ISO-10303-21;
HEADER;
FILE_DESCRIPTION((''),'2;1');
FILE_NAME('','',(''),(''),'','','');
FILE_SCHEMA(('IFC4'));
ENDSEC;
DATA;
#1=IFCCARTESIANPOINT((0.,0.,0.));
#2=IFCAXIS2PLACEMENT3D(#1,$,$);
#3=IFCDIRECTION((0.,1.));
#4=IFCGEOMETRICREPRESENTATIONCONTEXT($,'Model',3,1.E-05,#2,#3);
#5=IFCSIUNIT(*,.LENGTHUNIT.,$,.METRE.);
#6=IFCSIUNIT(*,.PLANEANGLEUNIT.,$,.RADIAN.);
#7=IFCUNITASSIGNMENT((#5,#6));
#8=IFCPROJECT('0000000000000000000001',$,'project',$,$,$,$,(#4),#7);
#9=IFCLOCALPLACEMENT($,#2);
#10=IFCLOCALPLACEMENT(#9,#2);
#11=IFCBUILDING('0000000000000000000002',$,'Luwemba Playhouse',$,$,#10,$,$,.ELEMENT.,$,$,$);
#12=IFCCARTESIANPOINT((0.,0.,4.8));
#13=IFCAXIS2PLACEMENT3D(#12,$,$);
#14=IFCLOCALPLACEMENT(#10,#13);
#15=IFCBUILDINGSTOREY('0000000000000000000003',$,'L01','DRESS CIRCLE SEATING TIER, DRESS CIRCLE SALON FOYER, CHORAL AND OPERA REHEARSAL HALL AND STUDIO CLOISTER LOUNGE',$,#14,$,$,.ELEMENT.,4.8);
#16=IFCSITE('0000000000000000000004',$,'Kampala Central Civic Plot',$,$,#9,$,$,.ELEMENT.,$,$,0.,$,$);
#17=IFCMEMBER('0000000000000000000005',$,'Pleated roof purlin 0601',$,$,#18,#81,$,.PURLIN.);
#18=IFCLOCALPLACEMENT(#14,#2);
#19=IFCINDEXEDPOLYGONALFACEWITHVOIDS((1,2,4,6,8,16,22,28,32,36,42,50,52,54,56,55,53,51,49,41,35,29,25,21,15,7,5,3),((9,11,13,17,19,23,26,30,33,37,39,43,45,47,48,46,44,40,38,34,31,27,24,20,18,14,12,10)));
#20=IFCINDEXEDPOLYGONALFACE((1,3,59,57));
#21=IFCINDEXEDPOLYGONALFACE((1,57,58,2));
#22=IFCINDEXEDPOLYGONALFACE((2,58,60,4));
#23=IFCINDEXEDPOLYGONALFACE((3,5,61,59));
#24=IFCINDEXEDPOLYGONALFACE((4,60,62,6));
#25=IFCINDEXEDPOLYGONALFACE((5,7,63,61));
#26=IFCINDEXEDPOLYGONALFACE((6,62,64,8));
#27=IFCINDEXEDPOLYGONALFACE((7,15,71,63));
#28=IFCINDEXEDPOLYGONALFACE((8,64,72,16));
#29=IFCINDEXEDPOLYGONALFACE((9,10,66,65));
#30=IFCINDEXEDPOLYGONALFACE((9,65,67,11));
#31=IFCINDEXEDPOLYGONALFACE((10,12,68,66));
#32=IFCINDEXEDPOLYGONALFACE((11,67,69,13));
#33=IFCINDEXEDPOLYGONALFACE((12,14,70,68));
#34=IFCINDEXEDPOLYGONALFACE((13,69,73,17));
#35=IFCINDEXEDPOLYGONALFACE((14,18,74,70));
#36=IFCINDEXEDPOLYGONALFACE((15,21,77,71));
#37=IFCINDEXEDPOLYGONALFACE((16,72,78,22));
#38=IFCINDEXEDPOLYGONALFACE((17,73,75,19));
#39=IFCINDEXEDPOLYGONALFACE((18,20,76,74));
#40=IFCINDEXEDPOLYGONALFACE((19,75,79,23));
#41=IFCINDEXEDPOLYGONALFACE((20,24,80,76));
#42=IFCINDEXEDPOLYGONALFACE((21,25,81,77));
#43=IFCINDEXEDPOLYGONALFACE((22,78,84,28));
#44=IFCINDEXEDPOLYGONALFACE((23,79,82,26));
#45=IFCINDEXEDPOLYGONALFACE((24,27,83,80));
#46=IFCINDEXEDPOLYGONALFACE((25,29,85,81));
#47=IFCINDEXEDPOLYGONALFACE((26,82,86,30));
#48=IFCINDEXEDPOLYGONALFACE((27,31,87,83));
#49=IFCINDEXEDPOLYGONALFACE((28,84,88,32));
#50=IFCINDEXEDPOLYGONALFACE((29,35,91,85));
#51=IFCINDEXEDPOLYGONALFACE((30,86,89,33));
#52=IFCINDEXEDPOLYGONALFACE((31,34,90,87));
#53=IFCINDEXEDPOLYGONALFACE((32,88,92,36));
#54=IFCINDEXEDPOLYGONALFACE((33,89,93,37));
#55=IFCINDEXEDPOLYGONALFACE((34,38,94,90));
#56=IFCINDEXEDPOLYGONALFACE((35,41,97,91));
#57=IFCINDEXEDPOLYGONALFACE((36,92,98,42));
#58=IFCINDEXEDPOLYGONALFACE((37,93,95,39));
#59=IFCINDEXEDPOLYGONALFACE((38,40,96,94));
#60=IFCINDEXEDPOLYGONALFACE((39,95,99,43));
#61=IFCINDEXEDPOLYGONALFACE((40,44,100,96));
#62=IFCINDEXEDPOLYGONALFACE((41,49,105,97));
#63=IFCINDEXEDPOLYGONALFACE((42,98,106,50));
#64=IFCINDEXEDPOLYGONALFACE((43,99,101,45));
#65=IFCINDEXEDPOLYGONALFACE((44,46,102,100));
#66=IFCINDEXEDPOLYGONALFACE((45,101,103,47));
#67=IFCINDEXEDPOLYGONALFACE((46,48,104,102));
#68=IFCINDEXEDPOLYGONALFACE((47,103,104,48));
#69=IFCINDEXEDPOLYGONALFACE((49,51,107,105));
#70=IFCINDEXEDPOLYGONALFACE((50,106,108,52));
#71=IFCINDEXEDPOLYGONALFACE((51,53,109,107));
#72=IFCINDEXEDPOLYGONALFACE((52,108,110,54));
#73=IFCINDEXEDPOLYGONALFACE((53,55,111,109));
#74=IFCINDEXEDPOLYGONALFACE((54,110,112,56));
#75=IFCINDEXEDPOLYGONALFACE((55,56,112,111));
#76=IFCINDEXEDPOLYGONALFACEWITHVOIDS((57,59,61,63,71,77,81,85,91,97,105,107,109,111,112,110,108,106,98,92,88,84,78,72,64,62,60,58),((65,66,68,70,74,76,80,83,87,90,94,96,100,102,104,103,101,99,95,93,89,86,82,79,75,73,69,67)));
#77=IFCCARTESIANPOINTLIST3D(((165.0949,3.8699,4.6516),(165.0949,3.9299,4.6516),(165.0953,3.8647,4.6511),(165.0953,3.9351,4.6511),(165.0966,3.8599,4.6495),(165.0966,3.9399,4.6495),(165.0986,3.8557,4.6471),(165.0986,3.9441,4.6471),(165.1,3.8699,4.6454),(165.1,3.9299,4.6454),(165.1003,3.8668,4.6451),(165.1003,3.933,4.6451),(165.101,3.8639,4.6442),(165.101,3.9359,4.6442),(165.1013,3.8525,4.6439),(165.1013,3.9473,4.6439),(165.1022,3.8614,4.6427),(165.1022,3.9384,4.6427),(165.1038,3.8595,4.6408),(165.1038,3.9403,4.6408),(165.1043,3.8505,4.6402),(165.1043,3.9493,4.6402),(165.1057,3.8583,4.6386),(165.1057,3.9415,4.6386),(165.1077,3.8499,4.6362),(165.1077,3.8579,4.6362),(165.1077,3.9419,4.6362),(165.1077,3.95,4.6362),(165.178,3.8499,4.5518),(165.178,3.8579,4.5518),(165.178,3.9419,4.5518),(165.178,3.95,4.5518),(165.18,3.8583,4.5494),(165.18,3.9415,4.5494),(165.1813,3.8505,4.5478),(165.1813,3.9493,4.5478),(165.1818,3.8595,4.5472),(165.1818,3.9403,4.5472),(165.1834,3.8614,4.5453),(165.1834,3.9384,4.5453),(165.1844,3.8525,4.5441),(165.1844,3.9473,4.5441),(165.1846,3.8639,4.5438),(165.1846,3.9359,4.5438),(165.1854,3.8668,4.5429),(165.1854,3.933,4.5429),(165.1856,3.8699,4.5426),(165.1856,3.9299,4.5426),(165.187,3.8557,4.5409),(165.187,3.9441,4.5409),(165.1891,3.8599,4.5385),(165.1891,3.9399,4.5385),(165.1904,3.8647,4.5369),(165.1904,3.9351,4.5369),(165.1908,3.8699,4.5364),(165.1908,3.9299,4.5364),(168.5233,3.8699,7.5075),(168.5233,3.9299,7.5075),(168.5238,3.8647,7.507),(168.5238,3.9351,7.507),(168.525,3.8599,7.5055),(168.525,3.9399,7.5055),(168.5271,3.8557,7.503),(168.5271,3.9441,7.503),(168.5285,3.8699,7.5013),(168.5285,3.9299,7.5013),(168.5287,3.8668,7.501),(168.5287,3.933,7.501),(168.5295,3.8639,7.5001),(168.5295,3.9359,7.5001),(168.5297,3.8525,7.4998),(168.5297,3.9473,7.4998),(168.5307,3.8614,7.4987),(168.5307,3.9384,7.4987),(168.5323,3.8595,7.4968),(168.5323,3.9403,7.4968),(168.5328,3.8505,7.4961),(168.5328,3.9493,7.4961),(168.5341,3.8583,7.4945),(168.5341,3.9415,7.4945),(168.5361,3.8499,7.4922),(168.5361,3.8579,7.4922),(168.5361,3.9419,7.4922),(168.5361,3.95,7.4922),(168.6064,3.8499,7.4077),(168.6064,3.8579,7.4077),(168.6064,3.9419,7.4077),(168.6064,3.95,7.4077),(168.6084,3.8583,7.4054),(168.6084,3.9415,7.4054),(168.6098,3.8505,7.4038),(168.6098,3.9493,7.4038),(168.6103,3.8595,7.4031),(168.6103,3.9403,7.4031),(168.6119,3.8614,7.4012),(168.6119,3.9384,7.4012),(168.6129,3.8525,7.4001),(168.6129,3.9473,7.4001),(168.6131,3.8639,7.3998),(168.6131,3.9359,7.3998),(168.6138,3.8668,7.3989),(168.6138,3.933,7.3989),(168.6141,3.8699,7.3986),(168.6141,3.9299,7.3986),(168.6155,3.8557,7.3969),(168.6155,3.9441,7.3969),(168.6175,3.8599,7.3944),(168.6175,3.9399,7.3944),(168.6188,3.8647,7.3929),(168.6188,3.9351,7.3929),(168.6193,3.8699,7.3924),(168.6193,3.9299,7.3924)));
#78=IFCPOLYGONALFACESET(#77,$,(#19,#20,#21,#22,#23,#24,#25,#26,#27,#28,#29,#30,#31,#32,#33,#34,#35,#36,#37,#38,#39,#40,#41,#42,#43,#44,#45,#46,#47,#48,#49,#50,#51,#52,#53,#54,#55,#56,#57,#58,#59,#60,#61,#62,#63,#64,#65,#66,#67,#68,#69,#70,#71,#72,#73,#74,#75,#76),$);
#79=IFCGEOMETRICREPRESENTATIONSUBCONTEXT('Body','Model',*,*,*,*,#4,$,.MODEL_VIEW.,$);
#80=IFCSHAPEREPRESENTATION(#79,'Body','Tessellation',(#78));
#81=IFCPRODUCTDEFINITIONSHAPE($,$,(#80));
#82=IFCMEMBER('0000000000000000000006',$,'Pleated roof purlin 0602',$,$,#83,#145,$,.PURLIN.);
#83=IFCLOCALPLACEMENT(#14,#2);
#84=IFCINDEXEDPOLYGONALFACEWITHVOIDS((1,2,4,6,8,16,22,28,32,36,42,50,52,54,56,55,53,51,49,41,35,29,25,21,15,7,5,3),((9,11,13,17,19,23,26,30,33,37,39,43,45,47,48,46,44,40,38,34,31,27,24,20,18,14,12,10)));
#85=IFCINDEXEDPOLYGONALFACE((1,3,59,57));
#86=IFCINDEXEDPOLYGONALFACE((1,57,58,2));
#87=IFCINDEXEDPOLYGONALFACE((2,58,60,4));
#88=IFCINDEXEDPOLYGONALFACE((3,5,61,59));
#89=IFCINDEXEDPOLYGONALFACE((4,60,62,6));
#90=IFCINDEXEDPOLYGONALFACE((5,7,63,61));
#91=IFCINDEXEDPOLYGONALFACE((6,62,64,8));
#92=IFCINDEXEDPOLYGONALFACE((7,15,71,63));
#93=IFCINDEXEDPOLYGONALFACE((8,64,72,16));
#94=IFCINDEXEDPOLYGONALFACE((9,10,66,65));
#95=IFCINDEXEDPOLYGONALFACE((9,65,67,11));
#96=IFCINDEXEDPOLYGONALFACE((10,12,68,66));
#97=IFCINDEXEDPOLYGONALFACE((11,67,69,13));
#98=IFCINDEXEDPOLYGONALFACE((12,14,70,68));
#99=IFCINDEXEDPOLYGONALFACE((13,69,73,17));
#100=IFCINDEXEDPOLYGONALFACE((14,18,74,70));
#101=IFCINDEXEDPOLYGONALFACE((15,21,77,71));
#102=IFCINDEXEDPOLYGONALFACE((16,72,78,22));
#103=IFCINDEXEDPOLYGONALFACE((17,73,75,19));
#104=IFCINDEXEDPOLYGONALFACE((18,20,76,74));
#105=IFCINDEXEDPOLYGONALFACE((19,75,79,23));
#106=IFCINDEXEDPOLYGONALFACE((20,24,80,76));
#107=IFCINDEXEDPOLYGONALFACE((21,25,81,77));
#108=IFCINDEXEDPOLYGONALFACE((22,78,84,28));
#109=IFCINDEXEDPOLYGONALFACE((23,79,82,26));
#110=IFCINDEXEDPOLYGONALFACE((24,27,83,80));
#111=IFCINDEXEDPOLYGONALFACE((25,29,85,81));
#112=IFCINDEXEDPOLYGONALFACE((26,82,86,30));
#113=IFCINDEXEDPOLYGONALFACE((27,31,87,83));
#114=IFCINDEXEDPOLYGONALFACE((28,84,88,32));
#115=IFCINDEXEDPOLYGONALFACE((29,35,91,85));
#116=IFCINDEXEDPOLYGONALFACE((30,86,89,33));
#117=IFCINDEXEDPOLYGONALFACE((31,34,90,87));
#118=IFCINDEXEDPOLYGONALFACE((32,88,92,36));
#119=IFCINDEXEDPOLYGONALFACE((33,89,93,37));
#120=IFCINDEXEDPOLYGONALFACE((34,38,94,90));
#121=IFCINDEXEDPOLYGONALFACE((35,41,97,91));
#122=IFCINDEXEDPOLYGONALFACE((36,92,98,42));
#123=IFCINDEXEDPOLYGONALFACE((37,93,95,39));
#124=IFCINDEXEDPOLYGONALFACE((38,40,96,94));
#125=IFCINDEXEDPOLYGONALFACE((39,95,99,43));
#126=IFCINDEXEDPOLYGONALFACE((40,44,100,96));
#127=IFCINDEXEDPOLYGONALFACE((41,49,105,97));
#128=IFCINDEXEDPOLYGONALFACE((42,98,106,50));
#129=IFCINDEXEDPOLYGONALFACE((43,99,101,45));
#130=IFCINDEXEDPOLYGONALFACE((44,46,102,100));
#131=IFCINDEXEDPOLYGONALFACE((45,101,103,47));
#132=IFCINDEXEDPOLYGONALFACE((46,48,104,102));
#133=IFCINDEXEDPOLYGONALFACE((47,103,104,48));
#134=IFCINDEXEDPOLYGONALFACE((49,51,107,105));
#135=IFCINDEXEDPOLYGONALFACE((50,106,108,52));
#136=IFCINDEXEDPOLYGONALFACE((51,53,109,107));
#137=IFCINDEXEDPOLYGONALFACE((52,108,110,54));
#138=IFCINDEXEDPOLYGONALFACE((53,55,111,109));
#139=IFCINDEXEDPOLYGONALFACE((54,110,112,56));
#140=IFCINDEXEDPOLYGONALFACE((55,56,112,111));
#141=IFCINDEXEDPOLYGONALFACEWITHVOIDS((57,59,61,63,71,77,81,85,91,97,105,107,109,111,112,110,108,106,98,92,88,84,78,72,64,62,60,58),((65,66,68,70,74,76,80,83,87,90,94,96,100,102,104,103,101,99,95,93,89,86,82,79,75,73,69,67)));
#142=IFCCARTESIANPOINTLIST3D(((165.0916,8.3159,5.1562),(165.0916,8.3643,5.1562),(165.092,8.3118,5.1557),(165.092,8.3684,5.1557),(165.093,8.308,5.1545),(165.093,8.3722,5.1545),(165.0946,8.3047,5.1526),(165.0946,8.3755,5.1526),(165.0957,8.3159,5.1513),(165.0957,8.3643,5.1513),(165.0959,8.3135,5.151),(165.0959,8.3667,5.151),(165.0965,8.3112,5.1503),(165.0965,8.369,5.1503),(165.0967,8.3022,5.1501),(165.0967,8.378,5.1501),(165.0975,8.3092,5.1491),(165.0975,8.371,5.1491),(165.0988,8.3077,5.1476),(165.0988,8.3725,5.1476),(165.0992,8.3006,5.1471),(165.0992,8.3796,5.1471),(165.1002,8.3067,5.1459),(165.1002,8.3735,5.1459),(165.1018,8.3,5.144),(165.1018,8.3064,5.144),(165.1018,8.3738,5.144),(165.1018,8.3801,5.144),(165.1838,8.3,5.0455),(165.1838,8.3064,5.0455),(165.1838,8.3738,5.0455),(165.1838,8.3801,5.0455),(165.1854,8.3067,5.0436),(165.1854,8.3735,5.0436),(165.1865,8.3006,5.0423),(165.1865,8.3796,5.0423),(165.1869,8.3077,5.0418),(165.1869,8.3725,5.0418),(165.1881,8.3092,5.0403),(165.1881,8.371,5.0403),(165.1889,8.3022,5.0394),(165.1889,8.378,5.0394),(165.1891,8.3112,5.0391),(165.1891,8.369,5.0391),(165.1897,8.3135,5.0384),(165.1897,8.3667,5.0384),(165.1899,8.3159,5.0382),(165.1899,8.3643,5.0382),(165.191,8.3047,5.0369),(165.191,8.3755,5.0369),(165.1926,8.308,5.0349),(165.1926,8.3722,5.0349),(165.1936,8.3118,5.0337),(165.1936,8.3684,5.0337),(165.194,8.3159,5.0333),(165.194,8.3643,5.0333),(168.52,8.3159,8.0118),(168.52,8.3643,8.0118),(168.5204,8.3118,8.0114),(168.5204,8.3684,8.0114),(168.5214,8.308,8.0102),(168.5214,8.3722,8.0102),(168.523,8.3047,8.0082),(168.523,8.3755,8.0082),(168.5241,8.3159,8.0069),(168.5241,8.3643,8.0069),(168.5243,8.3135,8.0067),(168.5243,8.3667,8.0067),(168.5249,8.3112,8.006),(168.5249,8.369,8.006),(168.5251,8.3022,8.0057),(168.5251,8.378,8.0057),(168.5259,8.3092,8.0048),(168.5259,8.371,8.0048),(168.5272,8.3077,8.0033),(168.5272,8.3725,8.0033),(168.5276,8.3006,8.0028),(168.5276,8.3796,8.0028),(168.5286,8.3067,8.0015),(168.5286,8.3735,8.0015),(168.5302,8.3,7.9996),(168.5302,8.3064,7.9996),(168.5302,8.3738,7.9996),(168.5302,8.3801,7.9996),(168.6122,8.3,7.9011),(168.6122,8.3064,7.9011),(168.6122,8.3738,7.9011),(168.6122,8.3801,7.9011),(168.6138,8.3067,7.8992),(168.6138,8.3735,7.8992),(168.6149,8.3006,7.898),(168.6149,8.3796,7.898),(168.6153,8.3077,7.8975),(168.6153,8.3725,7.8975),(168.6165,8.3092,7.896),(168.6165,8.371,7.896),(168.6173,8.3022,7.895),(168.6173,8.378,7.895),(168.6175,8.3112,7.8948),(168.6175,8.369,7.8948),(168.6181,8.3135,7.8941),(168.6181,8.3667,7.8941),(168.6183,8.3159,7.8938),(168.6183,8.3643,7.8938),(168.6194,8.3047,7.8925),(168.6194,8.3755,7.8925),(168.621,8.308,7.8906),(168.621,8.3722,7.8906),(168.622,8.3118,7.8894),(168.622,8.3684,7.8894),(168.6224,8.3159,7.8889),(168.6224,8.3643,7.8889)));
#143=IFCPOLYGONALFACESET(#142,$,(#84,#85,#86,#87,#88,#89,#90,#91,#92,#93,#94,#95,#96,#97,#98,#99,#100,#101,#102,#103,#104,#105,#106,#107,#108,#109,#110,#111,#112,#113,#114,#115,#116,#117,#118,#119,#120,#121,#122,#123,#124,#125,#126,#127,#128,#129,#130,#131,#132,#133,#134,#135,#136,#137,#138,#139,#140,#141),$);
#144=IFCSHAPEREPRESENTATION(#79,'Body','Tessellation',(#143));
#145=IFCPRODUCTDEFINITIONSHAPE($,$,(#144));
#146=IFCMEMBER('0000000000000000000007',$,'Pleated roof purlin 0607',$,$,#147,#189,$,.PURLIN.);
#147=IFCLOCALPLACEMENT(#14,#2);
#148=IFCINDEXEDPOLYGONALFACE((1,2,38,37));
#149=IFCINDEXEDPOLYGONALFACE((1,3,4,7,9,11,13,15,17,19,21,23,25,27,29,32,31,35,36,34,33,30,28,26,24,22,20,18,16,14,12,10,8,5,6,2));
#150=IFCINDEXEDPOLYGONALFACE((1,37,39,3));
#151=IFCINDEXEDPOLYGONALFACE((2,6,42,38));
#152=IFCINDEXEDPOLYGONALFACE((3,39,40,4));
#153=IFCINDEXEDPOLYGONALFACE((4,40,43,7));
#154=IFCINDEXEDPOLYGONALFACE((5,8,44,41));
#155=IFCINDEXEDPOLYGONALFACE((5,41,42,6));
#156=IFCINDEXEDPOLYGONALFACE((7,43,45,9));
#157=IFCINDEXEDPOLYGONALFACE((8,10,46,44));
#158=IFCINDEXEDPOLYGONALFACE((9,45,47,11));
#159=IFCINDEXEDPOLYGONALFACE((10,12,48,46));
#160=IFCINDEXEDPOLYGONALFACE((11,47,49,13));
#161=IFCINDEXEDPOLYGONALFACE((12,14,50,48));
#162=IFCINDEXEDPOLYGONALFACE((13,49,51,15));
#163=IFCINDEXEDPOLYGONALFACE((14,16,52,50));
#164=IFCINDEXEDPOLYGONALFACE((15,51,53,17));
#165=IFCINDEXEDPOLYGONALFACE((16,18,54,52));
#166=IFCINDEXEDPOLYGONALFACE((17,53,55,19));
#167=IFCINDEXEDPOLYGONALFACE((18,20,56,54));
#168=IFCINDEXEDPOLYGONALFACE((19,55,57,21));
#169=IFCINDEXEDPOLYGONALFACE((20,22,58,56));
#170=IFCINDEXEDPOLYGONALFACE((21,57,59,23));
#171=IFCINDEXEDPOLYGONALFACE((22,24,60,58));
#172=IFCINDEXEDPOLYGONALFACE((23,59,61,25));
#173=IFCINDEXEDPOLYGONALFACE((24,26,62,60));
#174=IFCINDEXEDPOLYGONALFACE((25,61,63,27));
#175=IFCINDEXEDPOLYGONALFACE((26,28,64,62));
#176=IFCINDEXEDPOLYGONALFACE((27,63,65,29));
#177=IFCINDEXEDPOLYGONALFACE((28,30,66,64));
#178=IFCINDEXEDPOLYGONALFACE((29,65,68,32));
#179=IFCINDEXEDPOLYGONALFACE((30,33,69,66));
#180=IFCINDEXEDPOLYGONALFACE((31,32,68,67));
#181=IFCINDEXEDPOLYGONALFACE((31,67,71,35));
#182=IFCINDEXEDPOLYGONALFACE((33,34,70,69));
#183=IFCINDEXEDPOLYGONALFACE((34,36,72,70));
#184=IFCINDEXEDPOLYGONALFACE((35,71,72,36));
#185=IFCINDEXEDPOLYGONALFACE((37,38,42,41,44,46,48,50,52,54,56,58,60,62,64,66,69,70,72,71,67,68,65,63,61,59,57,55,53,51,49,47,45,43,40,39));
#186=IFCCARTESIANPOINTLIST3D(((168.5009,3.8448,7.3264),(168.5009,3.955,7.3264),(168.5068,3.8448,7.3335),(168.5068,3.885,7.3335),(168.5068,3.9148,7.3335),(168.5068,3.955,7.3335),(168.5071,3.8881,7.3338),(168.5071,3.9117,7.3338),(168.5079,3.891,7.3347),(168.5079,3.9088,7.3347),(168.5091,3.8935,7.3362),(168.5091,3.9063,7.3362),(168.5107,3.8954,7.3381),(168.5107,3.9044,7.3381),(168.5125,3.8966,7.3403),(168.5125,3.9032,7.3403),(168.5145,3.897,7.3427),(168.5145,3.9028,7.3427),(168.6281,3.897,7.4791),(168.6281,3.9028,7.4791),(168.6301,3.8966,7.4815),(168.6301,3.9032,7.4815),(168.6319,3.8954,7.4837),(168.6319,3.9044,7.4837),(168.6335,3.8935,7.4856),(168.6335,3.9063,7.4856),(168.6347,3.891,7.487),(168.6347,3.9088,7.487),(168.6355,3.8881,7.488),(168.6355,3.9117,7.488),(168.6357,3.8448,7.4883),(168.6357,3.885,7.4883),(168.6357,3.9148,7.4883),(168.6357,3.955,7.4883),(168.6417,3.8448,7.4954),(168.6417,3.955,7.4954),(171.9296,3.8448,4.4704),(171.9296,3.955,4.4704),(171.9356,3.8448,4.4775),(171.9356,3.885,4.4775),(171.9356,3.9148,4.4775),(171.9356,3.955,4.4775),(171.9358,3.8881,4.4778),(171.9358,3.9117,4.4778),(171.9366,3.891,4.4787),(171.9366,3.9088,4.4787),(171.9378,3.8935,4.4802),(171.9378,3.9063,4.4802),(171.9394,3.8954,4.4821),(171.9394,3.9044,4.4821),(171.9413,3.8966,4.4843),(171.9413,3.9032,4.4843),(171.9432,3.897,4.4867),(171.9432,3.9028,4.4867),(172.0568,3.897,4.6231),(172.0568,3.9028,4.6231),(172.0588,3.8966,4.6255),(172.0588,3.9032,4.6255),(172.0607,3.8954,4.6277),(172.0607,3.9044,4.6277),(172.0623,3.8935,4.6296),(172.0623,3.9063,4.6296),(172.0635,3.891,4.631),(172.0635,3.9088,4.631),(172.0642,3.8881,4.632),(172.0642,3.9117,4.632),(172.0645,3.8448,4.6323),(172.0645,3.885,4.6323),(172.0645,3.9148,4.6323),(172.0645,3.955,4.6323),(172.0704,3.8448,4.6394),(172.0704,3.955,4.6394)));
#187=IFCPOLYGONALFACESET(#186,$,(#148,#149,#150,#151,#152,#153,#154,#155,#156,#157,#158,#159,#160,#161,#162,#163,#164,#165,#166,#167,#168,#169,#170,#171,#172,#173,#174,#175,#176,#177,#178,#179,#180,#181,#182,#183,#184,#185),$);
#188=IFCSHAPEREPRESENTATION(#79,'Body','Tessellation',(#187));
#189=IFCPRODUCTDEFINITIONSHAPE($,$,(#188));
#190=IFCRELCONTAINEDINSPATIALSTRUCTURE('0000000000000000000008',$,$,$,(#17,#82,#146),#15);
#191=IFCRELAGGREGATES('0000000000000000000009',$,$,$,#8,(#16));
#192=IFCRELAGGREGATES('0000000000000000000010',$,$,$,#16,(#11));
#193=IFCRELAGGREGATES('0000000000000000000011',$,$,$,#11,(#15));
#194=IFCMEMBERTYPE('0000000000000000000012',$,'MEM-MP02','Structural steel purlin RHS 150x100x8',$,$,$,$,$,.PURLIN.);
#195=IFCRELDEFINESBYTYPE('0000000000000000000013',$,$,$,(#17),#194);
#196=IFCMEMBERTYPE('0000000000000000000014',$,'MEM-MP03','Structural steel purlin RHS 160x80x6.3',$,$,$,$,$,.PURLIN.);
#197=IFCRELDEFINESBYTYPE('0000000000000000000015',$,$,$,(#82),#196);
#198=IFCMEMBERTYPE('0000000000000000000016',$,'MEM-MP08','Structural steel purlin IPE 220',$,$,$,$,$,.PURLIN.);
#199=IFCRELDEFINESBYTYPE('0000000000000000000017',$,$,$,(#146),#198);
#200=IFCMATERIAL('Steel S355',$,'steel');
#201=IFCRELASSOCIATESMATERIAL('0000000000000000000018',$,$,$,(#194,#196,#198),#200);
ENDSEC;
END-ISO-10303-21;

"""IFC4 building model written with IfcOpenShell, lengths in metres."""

from ifc_helpers import new_model, si_unit, direction, frame, origin, origin_2d, place, context, subcontext, project, spatial, hollow_rectangle, i_section, extrude, material, material_profile, profile_set, type_object, element, save


model = new_model("IFC4")

# Units and contexts
model_context = context("Model", 3, precision=1e-05, world=origin(), true_north=direction((0.0, 1.0)))
body_context = subcontext(model_context, "Body", "Model", "MODEL_VIEW")
ifc_project = project(units=[si_unit("LENGTHUNIT", "METRE"), si_unit("PLANEANGLEUNIT", "RADIAN")], contexts=[model_context])

# Site, building, storey
site_placement = place(None, origin())
site = spatial("IfcSite", under=ifc_project, at=site_placement, Name="Kampala Central Civic Plot", CompositionType="ELEMENT", RefElevation=0.0)
building_placement = place(site_placement, origin())
building = spatial("IfcBuilding", under=site, at=building_placement, Name="Luwemba Playhouse", CompositionType="ELEMENT")
storey_placement = place(building_placement, frame((0.0, 0.0, 4.8)))
storey = spatial("IfcBuildingStorey", under=building, at=storey_placement, Name="L01", Description="DRESS CIRCLE SEATING TIER, DRESS CIRCLE SALON FOYER, CHORAL AND OPERA REHEARSAL HALL AND STUDIO CLOISTER LOUNGE", CompositionType="ELEMENT", Elevation=4.8)

# Shared definitions
ifc_material_1 = material(Name="Steel S355", Category="steel")

# Members
ifc_material_profile_1 = material_profile(ifc_material_1, hollow_rectangle(XDim=0.1001, YDim=0.1499, WallThickness=0.0081, InnerFilletRadius=0.012, OuterFilletRadius=0.02, at=origin_2d()))
ifc_profile_set_1 = profile_set([ifc_material_profile_1], Name="Steel S355")
member_type_1 = type_object("IfcMemberType", Name="MEM-MP02", Description="Structural steel purlin RHS 150x100x8", PredefinedType="PURLIN", material=ifc_profile_set_1)
member_1_placement = place(storey_placement, frame((165.1428, 3.8999, 4.594), z_axis=(0.768342, 0.0, 0.640039), x_axis=(0.0, 1.0, 0.0)))
element("IfcMember", 1, at=member_1_placement, inside=storey, type_object=member_type_1, Name="Pleated roof purlin 0601", PredefinedType="PURLIN", context=body_context, shape_type="SweptSolid", body=[
    extrude(hollow_rectangle(XDim=0.1001, YDim=0.1499, WallThickness=0.0081, InnerFilletRadius=0.012, OuterFilletRadius=0.02, at=origin_2d()), origin(), (0.0, 0.0, 1.0), 4.4622),
])
ifc_material_profile_2 = material_profile(ifc_material_1, hollow_rectangle(XDim=0.0801, YDim=0.1599, WallThickness=0.0063, InnerFilletRadius=0.0095, OuterFilletRadius=0.0159, at=origin_2d()))
ifc_profile_set_2 = profile_set([ifc_material_profile_2], Name="Steel S355")
member_type_2 = type_object("IfcMemberType", Name="MEM-MP03", Description="Structural steel purlin RHS 160x80x6.3", PredefinedType="PURLIN", material=ifc_profile_set_2)
member_2_placement = place(storey_placement, frame((165.1428, 8.3401, 5.0947), z_axis=(0.768369, 0.0, 0.640007), x_axis=(0.0, 1.0, 0.0)))
element("IfcMember", 2, at=member_2_placement, inside=storey, type_object=member_type_2, Name="Pleated roof purlin 0602", PredefinedType="PURLIN", context=body_context, shape_type="SweptSolid", body=[
    extrude(hollow_rectangle(XDim=0.0801, YDim=0.1599, WallThickness=0.0063, InnerFilletRadius=0.0095, OuterFilletRadius=0.0159, at=origin_2d()), origin(), (0.0, 0.0, 1.0), 4.4619),
])
ifc_material_profile_3 = material_profile(ifc_material_1, i_section(OverallWidth=0.1101, OverallDepth=0.22, WebThickness=0.0059, FlangeThickness=0.0093, FilletRadius=0.012, at=origin_2d()))
ifc_profile_set_3 = profile_set([ifc_material_profile_3], Name="Steel S355")
member_type_3 = type_object("IfcMemberType", Name="MEM-MP08", Description="Structural steel purlin IPE 220", PredefinedType="PURLIN", material=ifc_profile_set_3)
member_3_placement = place(storey_placement, frame((168.5713, 3.8999, 7.4109), z_axis=(0.768365, 0.0, -0.640012), x_axis=(0.0, 1.0, 0.0)))
element("IfcMember", 3, at=member_3_placement, inside=storey, type_object=member_type_3, Name="Pleated roof purlin 0607", PredefinedType="PURLIN", context=body_context, shape_type="SweptSolid", body=[
    extrude(i_section(OverallWidth=0.1101, OverallDepth=0.22, WebThickness=0.0059, FlangeThickness=0.0093, FilletRadius=0.012, at=origin_2d()), origin(), (0.0, 0.0, 1.0), 4.4624),
])

save(model, "model.ifc")
